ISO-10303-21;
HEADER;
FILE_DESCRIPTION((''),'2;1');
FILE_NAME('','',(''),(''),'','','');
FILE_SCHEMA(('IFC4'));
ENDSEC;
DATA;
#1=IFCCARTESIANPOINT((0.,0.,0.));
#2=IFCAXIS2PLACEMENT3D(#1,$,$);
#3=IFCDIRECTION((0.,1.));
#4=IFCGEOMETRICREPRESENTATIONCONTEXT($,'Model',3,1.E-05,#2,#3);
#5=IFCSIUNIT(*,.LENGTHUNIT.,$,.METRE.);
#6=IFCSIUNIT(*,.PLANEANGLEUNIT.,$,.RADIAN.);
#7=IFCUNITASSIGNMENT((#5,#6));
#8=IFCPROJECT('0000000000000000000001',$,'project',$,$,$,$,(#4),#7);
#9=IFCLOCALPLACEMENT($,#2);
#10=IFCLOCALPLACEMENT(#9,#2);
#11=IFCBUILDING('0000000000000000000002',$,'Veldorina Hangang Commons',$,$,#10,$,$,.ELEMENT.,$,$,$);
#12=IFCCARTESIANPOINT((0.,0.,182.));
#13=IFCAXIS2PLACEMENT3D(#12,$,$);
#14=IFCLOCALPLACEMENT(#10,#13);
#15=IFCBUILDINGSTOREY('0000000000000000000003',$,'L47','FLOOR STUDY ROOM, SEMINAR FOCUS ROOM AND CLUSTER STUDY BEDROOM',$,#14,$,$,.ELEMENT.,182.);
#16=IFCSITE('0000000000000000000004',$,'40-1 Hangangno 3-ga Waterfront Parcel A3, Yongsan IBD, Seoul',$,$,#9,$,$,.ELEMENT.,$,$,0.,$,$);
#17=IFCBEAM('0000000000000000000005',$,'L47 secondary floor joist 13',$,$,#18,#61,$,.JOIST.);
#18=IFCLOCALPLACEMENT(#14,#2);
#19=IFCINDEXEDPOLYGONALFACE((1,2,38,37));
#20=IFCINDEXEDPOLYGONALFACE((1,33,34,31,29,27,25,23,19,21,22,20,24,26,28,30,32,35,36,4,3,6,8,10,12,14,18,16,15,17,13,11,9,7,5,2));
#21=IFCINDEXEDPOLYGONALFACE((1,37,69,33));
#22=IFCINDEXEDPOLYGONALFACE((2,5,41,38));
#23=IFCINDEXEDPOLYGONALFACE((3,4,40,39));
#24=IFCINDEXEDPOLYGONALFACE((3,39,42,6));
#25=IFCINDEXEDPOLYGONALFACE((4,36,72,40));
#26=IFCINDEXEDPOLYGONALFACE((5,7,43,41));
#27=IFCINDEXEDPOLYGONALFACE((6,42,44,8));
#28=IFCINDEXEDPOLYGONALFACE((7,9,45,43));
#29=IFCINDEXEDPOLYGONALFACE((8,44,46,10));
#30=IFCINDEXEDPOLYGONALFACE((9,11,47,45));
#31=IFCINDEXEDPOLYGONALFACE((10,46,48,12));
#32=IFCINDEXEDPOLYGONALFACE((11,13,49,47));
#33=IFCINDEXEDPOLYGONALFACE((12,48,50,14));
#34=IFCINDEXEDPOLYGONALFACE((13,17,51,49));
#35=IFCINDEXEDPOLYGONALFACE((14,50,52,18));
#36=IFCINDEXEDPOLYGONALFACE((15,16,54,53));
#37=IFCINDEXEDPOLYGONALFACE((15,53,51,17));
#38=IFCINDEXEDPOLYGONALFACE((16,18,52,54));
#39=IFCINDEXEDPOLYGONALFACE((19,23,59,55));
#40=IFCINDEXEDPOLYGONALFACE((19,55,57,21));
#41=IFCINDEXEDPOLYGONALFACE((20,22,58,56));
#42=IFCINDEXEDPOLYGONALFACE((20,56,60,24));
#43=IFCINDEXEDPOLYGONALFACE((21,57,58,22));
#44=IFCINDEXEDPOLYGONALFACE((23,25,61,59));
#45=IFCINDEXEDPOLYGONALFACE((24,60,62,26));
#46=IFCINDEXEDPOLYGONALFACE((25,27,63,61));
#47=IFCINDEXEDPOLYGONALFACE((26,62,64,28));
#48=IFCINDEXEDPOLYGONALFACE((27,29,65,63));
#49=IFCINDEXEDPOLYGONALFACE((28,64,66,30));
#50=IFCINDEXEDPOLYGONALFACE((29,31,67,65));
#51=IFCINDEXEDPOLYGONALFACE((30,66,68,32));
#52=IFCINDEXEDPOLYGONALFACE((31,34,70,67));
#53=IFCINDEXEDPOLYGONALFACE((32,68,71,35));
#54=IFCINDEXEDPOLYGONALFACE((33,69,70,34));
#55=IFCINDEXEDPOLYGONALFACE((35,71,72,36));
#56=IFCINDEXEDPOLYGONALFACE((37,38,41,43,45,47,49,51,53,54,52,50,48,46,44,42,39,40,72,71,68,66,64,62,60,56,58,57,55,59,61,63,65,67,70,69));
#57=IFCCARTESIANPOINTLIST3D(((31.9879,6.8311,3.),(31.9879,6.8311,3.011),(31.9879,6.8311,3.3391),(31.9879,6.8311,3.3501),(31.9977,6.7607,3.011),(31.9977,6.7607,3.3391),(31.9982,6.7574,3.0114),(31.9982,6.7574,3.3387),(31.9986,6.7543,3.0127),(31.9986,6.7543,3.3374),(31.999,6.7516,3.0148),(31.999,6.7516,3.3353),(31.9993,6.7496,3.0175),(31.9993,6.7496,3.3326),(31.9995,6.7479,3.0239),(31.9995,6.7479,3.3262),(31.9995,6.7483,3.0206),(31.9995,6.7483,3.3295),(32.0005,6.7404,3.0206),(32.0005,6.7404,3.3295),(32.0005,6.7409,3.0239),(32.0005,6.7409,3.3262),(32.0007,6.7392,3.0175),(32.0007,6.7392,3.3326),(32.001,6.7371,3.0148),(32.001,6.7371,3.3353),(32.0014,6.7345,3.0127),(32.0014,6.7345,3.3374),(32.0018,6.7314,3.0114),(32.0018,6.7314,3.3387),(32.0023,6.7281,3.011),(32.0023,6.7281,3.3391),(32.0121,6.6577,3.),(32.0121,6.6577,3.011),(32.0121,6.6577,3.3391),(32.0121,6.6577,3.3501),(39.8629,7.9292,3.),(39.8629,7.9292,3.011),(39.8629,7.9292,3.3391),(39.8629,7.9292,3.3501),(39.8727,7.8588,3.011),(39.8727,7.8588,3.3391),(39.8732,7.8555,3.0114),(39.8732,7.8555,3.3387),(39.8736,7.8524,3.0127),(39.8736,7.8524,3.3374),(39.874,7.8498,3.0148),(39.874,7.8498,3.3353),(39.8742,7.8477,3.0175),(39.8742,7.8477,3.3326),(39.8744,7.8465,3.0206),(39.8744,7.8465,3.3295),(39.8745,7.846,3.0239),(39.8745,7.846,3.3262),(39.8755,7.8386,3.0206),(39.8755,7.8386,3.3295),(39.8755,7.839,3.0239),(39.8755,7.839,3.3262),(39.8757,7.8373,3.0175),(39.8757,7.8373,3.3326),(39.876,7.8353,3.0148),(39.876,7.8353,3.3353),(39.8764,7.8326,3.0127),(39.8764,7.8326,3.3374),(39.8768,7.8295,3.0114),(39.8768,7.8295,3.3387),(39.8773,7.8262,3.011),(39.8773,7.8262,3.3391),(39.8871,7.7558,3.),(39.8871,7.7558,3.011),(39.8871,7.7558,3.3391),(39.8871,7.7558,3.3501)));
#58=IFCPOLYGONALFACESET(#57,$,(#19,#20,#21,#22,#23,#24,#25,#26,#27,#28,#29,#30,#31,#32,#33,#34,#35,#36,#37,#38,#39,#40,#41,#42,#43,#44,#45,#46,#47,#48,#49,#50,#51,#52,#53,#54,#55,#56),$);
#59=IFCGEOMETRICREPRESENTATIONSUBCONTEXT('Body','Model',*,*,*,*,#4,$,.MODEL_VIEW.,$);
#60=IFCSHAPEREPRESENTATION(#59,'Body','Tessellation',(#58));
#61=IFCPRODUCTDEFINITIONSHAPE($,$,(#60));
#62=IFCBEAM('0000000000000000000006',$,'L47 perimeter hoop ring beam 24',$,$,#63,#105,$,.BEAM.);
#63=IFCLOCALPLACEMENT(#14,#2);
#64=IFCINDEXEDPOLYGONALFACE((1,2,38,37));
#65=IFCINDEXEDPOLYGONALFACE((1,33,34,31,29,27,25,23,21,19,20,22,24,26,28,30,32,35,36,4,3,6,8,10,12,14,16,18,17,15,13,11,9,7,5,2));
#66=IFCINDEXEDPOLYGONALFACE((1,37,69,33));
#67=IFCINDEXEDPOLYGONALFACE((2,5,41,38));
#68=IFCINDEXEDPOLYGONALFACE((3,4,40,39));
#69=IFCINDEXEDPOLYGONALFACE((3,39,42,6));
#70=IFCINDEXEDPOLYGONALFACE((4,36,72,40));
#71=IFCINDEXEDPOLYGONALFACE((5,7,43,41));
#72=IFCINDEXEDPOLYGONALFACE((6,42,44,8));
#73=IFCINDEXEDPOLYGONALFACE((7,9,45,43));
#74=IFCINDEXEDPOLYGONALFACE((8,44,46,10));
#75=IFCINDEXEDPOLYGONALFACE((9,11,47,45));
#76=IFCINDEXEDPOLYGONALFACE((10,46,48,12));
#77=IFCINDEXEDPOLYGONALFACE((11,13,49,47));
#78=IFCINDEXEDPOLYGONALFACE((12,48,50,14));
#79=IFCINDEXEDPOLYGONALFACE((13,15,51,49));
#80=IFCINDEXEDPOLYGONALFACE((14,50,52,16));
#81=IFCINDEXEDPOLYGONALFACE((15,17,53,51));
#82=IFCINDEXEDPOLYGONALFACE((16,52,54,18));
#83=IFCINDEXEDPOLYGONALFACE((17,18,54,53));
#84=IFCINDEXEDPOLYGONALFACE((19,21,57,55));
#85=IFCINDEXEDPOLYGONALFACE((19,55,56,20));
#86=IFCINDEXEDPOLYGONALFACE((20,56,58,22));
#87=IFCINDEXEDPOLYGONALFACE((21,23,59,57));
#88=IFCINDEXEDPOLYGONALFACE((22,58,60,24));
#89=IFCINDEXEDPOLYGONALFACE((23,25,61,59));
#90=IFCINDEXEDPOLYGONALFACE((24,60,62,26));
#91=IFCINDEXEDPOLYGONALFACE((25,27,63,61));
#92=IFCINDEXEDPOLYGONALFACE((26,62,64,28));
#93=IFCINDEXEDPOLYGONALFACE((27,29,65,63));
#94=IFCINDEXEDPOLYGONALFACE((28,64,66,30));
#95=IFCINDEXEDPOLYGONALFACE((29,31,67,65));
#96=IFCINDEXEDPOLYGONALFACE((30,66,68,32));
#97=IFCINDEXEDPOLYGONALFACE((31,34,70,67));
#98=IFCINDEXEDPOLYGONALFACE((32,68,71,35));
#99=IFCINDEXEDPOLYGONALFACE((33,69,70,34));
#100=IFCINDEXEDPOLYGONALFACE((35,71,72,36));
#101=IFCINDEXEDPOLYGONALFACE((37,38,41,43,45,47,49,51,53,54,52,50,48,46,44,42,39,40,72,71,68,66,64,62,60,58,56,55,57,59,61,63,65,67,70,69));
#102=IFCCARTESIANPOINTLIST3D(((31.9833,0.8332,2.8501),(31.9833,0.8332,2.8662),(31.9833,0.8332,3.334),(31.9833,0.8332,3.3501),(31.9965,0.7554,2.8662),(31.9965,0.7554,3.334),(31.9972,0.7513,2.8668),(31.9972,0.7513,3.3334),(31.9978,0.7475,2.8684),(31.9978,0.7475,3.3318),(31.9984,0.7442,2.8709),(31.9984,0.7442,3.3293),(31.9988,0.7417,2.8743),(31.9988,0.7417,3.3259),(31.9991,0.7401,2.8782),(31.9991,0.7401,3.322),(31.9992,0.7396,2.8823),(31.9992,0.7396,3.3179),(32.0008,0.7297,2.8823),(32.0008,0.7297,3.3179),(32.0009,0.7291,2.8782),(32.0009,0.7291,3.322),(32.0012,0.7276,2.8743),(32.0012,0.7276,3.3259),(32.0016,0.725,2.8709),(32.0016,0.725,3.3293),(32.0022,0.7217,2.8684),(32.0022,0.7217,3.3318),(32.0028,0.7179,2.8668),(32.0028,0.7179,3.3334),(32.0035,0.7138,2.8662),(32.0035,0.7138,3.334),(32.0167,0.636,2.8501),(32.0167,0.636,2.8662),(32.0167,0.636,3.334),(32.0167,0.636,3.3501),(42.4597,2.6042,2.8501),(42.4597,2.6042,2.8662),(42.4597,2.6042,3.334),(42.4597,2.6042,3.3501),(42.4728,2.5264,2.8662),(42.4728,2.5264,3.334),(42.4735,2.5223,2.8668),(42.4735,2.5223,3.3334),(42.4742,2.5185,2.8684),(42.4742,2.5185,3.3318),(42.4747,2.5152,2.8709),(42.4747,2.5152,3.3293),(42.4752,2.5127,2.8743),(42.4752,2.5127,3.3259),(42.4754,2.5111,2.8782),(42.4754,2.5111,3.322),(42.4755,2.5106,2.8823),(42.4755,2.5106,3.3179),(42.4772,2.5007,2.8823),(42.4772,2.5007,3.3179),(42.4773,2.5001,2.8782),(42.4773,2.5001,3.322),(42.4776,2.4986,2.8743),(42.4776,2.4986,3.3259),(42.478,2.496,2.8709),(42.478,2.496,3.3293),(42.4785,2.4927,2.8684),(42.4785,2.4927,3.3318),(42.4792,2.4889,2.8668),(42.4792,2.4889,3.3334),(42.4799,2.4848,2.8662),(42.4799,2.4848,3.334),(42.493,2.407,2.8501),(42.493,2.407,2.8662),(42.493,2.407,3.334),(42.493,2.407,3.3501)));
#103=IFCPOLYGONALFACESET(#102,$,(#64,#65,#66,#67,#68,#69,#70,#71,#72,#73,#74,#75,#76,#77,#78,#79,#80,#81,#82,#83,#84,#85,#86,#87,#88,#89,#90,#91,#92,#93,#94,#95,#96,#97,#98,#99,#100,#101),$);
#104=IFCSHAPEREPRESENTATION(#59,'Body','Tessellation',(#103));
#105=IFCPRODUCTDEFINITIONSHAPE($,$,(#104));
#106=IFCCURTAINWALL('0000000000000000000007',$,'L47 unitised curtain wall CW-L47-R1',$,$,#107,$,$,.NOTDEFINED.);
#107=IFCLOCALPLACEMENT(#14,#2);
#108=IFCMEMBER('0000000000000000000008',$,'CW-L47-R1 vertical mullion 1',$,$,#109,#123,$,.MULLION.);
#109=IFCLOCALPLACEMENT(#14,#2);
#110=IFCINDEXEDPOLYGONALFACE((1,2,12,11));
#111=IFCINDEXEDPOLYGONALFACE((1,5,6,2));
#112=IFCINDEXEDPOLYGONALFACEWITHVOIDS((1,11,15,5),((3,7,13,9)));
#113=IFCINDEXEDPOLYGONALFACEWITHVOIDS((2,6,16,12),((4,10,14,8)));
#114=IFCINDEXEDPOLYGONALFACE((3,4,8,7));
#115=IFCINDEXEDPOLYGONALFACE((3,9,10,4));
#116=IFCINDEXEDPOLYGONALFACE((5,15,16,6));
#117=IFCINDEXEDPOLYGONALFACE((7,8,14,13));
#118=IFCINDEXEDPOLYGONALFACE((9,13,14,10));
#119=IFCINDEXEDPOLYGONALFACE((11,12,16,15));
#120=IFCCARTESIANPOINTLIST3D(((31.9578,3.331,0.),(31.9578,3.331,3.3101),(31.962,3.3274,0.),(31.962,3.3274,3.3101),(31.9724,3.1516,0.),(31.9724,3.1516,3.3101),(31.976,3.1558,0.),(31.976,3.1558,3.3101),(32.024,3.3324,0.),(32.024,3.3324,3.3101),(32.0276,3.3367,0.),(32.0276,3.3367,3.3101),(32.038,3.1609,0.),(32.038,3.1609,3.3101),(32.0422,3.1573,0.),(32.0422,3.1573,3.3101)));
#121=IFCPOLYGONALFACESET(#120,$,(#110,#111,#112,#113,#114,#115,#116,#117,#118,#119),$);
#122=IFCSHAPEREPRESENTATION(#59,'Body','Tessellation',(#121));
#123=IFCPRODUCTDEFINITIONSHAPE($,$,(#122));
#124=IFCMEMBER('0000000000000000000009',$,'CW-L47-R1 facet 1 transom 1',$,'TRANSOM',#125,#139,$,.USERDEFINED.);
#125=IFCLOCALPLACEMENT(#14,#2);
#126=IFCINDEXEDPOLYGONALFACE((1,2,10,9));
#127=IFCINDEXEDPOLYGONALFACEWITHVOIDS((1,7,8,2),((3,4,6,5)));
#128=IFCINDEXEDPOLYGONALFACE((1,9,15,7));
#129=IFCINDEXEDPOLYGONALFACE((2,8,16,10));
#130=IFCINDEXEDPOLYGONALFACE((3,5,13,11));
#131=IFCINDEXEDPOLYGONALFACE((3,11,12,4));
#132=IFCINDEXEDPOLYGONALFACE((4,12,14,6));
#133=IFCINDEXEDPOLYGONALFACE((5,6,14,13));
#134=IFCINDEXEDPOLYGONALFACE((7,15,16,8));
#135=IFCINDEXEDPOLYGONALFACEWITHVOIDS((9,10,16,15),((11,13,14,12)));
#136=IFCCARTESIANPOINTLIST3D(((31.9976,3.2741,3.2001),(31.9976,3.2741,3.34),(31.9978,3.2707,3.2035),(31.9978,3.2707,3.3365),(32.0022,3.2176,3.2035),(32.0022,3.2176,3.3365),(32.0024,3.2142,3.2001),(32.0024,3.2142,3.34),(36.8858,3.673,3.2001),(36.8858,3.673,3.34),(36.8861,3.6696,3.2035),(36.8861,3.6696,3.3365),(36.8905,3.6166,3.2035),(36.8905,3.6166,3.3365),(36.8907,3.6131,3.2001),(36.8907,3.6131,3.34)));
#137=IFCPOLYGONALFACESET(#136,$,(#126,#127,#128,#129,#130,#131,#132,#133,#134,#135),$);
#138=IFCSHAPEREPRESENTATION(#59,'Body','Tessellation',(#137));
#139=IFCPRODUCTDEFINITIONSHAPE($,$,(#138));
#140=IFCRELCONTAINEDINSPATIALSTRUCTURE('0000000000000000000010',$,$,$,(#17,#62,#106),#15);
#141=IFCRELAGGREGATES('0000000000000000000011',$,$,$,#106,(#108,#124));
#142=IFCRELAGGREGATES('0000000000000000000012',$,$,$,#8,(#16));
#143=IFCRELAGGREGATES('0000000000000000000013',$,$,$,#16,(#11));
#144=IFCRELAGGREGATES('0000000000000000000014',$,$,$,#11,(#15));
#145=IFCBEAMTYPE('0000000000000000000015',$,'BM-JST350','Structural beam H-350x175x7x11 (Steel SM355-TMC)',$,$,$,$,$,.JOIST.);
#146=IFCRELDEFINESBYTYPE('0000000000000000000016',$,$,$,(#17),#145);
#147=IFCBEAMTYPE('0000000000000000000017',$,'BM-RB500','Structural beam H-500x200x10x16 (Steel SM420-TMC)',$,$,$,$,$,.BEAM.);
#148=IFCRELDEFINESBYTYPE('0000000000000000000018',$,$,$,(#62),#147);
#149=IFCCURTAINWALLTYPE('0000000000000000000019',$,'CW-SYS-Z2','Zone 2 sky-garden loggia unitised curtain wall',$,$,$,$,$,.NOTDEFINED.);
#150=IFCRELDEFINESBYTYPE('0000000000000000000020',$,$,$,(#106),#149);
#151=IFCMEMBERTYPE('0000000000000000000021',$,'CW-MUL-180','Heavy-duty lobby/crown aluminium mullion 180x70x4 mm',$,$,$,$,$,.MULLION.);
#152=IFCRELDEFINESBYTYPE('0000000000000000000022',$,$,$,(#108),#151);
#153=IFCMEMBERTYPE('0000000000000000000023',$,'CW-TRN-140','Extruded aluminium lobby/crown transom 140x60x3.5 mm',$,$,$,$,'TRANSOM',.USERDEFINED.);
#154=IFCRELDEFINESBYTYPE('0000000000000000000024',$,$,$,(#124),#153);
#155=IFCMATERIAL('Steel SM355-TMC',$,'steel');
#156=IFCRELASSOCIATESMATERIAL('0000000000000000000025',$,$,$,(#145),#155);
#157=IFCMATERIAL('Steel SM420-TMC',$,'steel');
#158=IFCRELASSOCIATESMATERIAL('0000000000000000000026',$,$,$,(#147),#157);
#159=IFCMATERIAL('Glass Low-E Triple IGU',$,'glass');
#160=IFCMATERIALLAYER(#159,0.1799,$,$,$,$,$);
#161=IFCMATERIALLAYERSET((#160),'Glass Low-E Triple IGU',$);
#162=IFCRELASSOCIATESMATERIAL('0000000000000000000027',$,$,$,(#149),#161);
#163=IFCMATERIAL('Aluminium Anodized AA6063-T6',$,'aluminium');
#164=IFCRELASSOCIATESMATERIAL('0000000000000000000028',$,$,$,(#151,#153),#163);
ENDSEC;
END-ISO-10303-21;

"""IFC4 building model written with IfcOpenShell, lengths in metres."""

from ifc_helpers import new_model, si_unit, direction, frame, origin, origin_2d, place, context, subcontext, project, spatial, hollow_rectangle, i_section, extrude, material, layer, layer_set, material_profile, profile_set, type_object, element, aggregate, save


model = new_model("IFC4")

# Units and contexts
model_context = context("Model", 3, precision=1e-05, world=origin(), true_north=direction((0.0, 1.0)))
body_context = subcontext(model_context, "Body", "Model", "MODEL_VIEW")
ifc_project = project(units=[si_unit("LENGTHUNIT", "METRE"), si_unit("PLANEANGLEUNIT", "RADIAN")], contexts=[model_context])

# Site, building, storey
site_placement = place(None, origin())
site = spatial("IfcSite", under=ifc_project, at=site_placement, Name="40-1 Hangangno 3-ga Waterfront Parcel A3, Yongsan IBD, Seoul", CompositionType="ELEMENT", RefElevation=0.0)
building_placement = place(site_placement, origin())
building = spatial("IfcBuilding", under=site, at=building_placement, Name="Veldorina Hangang Commons", CompositionType="ELEMENT")
storey_placement = place(building_placement, frame((0.0, 0.0, 182.0)))
storey = spatial("IfcBuildingStorey", under=building, at=storey_placement, Name="L47", Description="FLOOR STUDY ROOM, SEMINAR FOCUS ROOM AND CLUSTER STUDY BEDROOM", CompositionType="ELEMENT", Elevation=182.0)

# Beams
ifc_material_1 = material(Name="Steel SM355-TMC", Category="steel")
ifc_material_profile_1 = material_profile(ifc_material_1, i_section(OverallWidth=0.175, OverallDepth=0.3501, WebThickness=0.0071, FlangeThickness=0.011, FilletRadius=0.0129, at=origin_2d()), Name="H-350x175x7x11")
ifc_profile_set_1 = profile_set([ifc_material_profile_1], Name="Steel SM355-TMC")
beam_type_1 = type_object("IfcBeamType", Name="BM-JST350", Description="Structural beam H-350x175x7x11 (Steel SM355-TMC)", PredefinedType="JOIST", material=ifc_profile_set_1)
beam_1_placement = place(storey_placement, frame((32.0, 6.7444, 3.175), z_axis=(0.990417, 0.138111, 0.0), x_axis=(-0.138111, 0.990417, 0.0)))
element("IfcBeam", 1, at=beam_1_placement, inside=storey, type_object=beam_type_1, Name="L47 secondary floor joist 13", PredefinedType="JOIST", context=body_context, shape_type="SweptSolid", body=[
    extrude(i_section(OverallWidth=0.175, OverallDepth=0.3501, WebThickness=0.0071, FlangeThickness=0.011, FilletRadius=0.0129, at=origin_2d()), origin(), (0.0, 0.0, 1.0), 7.9512),
])
ifc_material_2 = material(Name="Steel SM420-TMC", Category="steel")
ifc_material_profile_2 = material_profile(ifc_material_2, i_section(OverallWidth=0.2, OverallDepth=0.5, WebThickness=0.01, FlangeThickness=0.0161, FilletRadius=0.0161, at=origin_2d()), Name="H-500x200x10x16")
ifc_profile_set_2 = profile_set([ifc_material_profile_2], Name="Steel SM420-TMC")
beam_type_2 = type_object("IfcBeamType", Name="BM-RB500", Description="Structural beam H-500x200x10x16 (Steel SM420-TMC)", PredefinedType="BEAM", material=ifc_profile_set_2)
beam_2_placement = place(storey_placement, frame((32.0, 0.7346, 3.1001), z_axis=(0.986011, 0.166683, 0.0), x_axis=(-0.166683, 0.986011, 0.0)))
element("IfcBeam", 2, at=beam_2_placement, inside=storey, type_object=beam_type_2, Name="L47 perimeter hoop ring beam 24", PredefinedType="BEAM", context=body_context, shape_type="SweptSolid", body=[
    extrude(i_section(OverallWidth=0.2, OverallDepth=0.5, WebThickness=0.01, FlangeThickness=0.0161, FilletRadius=0.0161, at=origin_2d()), origin(), (0.0, 0.0, 1.0), 10.625),
])

# Curtain wall, members
ifc_material_3 = material(Name="Glass Low-E Triple IGU", Category="glass")
ifc_layer_1 = layer(ifc_material_3, 0.1799)
ifc_layer_set_1 = layer_set([ifc_layer_1], Name="Glass Low-E Triple IGU")
curtain_wall_type = type_object("IfcCurtainWallType", Name="CW-SYS-Z2", Description="Zone 2 sky-garden loggia unitised curtain wall", PredefinedType="NOTDEFINED", material=ifc_layer_set_1)
curtain_wall_placement = place(storey_placement, origin())
curtain_wall = element("IfcCurtainWall", 3, at=curtain_wall_placement, inside=storey, type_object=curtain_wall_type, Name="L47 unitised curtain wall CW-L47-R1", PredefinedType="NOTDEFINED")
ifc_material_4 = material(Name="Aluminium Anodized AA6063-T6", Category="aluminium")
ifc_material_profile_3 = material_profile(ifc_material_4, hollow_rectangle(XDim=0.0701, YDim=0.1799, WallThickness=0.0039, at=origin_2d()), Name="ALU-RHS-180x70x4")
ifc_profile_set_3 = profile_set([ifc_material_profile_3], Name="Aluminium Anodized AA6063-T6")
member_type_1 = type_object("IfcMemberType", Name="CW-MUL-180", Description="Heavy-duty lobby/crown aluminium mullion 180x70x4 mm", PredefinedType="MULLION", material=ifc_profile_set_3)
member_1_placement = place(storey_placement, frame((32.0, 3.2441, 0.0), z_axis=(0.0, 0.0, 1.0), x_axis=(0.996689, 0.081312, 0.0)))
member_1 = element("IfcMember", 4, at=member_1_placement, type_object=member_type_1, Name="CW-L47-R1 vertical mullion 1", PredefinedType="MULLION", context=body_context, shape_type="SweptSolid", body=[
    extrude(hollow_rectangle(XDim=0.0701, YDim=0.1799, WallThickness=0.0039, at=origin_2d()), origin(), (0.0, 0.0, 1.0), 3.3101),
])
ifc_material_profile_4 = material_profile(ifc_material_4, hollow_rectangle(XDim=0.0601, YDim=0.1399, WallThickness=0.0034, at=origin_2d()), Name="ALU-RHS-140x60x3.5")
ifc_profile_set_4 = profile_set([ifc_material_profile_4], Name="Aluminium Anodized AA6063-T6")
member_type_2 = type_object("IfcMemberType", Name="CW-TRN-140", Description="Extruded aluminium lobby/crown transom 140x60x3.5 mm", ElementType="TRANSOM", PredefinedType="USERDEFINED", material=ifc_profile_set_4)
member_2_placement = place(storey_placement, frame((32.0, 3.2441, 3.27), z_axis=(0.996686, 0.08134, 0.0), x_axis=(-0.08134, 0.996686, 0.0)))
member_2 = element("IfcMember", 5, at=member_2_placement, type_object=member_type_2, Name="CW-L47-R1 facet 1 transom 1", ObjectType="TRANSOM", PredefinedType="USERDEFINED", context=body_context, shape_type="SweptSolid", body=[
    extrude(hollow_rectangle(XDim=0.0601, YDim=0.1399, WallThickness=0.0034, at=origin_2d()), origin(), (0.0, 0.0, 1.0), 4.9045),
])
aggregate(curtain_wall, [member_1, member_2])

save(model, "model.ifc")
